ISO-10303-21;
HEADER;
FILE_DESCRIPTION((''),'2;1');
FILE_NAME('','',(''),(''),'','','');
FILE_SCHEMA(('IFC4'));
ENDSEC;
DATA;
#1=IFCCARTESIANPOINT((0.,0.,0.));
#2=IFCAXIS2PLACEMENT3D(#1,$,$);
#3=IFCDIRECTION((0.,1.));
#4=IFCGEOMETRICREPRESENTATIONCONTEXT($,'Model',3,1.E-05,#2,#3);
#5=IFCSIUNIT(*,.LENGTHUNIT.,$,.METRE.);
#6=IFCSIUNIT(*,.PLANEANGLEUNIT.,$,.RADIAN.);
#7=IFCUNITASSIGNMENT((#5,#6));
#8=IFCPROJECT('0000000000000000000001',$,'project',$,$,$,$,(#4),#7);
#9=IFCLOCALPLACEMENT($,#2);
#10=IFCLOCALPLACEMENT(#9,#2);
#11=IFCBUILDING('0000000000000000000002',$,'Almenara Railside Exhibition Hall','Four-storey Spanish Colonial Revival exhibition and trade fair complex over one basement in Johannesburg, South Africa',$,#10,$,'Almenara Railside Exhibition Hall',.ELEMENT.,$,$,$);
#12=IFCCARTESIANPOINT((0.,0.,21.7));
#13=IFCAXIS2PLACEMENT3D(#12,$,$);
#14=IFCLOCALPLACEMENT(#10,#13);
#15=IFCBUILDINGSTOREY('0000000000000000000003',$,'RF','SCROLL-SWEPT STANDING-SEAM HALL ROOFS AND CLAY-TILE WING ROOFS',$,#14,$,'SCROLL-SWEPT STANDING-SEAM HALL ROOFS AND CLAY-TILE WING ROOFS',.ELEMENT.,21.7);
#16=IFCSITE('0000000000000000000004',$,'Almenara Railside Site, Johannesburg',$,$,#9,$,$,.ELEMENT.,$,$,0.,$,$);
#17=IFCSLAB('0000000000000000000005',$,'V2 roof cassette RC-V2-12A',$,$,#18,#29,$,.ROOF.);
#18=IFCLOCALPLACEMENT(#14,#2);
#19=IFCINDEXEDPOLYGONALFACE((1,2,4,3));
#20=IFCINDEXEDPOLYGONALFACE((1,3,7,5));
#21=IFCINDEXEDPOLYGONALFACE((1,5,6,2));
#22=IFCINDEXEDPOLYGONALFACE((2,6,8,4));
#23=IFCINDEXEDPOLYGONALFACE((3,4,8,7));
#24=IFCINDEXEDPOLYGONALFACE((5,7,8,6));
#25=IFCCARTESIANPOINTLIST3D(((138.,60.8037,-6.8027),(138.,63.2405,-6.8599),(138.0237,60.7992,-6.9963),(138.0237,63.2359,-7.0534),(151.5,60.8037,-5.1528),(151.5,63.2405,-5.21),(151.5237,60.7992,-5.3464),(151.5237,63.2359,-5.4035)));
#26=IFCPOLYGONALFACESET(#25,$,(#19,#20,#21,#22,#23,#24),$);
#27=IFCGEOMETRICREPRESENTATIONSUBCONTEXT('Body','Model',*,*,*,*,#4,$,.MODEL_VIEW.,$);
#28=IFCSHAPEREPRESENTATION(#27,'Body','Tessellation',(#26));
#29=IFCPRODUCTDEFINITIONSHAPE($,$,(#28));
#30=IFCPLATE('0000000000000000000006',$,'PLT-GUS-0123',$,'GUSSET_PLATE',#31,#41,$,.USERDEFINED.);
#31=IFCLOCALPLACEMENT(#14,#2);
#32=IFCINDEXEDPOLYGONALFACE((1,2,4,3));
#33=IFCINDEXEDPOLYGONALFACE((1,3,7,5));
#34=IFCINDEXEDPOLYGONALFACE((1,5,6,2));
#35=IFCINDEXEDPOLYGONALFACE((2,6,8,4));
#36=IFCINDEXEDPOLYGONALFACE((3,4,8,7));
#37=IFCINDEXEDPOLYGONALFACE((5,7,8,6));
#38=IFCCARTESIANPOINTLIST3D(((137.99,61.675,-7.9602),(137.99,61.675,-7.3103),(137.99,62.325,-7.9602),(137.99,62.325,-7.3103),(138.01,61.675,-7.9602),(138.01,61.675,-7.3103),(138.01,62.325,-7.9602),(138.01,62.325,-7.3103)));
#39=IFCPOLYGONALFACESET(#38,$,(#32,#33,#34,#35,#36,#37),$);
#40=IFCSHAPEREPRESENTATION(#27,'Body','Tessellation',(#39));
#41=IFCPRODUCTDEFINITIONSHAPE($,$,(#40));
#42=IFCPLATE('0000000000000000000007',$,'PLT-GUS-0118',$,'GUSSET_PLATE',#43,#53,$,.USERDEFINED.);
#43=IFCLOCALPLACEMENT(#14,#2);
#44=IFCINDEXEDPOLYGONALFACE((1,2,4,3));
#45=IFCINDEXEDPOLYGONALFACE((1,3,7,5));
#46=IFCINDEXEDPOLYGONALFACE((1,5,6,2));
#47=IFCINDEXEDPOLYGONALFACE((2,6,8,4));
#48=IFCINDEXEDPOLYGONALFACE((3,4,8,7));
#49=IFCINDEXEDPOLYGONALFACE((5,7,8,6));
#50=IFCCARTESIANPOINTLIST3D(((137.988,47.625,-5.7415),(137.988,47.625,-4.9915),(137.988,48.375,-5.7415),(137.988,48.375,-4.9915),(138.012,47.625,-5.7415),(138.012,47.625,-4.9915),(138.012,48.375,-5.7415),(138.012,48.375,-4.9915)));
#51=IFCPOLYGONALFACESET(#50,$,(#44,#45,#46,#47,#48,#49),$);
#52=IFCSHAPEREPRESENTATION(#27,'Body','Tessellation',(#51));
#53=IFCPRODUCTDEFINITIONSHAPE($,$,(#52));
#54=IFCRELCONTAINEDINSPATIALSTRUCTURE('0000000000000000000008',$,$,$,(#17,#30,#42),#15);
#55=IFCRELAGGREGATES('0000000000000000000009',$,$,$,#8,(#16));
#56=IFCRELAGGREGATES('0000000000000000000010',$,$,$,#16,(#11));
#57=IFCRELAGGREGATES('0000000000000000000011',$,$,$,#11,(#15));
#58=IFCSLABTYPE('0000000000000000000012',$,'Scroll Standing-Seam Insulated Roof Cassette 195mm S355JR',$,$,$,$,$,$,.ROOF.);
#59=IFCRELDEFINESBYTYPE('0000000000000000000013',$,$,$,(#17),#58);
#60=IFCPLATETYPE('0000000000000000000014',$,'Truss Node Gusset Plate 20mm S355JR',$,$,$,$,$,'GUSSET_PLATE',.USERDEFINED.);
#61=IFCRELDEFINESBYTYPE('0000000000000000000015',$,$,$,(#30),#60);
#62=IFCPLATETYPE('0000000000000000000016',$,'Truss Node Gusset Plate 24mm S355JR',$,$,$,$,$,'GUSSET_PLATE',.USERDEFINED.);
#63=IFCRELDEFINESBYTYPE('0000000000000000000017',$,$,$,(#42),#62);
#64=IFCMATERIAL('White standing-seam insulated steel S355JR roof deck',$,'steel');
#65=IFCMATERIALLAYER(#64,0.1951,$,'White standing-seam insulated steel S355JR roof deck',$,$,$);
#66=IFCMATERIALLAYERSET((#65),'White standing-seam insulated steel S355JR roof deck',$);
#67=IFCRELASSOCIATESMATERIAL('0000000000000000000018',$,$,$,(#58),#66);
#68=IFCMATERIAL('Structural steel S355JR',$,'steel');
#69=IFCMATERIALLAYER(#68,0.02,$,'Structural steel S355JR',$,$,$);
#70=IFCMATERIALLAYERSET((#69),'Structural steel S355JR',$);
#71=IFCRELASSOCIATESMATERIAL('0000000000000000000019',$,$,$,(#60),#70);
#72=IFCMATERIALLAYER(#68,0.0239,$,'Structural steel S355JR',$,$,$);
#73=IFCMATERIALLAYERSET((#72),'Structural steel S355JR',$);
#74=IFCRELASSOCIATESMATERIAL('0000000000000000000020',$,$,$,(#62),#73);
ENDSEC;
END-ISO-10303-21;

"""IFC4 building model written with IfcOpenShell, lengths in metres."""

from ifc_helpers import new_model, si_unit, direction, frame, origin, origin_2d, place, context, subcontext, project, spatial, polyline, rectangle, outline, extrude, material, layer, layer_set, type_object, element, save


model = new_model("IFC4")

# Units and contexts
model_context = context("Model", 3, precision=1e-05, world=origin(), true_north=direction((0.0, 1.0)))
body_context = subcontext(model_context, "Body", "Model", "MODEL_VIEW")
ifc_project = project(units=[si_unit("LENGTHUNIT", "METRE"), si_unit("PLANEANGLEUNIT", "RADIAN")], contexts=[model_context])

# Site, building, storey
site_placement = place(None, origin())
site = spatial("IfcSite", under=ifc_project, at=site_placement, Name="Almenara Railside Site, Johannesburg", CompositionType="ELEMENT", RefElevation=0.0)
building_placement = place(site_placement, origin())
building = spatial("IfcBuilding", under=site, at=building_placement, Name="Almenara Railside Exhibition Hall", Description="Four-storey Spanish Colonial Revival exhibition and trade fair complex over one basement in Johannesburg, South Africa", LongName="Almenara Railside Exhibition Hall", CompositionType="ELEMENT")
storey_placement = place(building_placement, frame((0.0, 0.0, 21.7)))
storey = spatial("IfcBuildingStorey", under=building, at=storey_placement, Name="RF", Description="SCROLL-SWEPT STANDING-SEAM HALL ROOFS AND CLAY-TILE WING ROOFS", LongName="SCROLL-SWEPT STANDING-SEAM HALL ROOFS AND CLAY-TILE WING ROOFS", CompositionType="ELEMENT", Elevation=21.7)

# Shared definitions
ifc_material_1 = material(Name="Structural steel S355JR", Category="steel")

# Slab
ifc_material_2 = material(Name="White standing-seam insulated steel S355JR roof deck", Category="steel")
ifc_layer_1 = layer(ifc_material_2, 0.1951, Name="White standing-seam insulated steel S355JR roof deck")
ifc_layer_set_1 = layer_set([ifc_layer_1], Name="White standing-seam insulated steel S355JR roof deck")
slab_type_1 = type_object("IfcSlabType", Name="Scroll Standing-Seam Insulated Roof Cassette 195mm S355JR", PredefinedType="ROOF", material=ifc_layer_set_1)
slab_1_placement = place(storey_placement, frame((138.0, 60.8037, -6.8027), z_axis=(-0.12128, 0.023265, 0.992346), x_axis=(0.992614, 0.0, 0.121312)))
element("IfcSlab", 1, at=slab_1_placement, inside=storey, type_object=slab_type_1, Name="V2 roof cassette RC-V2-12A", PredefinedType="ROOF", context=body_context, shape_type="SweptSolid", body=[
    extrude(outline(polyline([(0.0, 0.0), (13.6004, 0.0), (13.5935, 2.4374), (-0.0069, 2.4374), (0.0, 0.0)])), origin(), (0.0, 0.0, -1.0), 0.1951),
])

# Plates
ifc_layer_2 = layer(ifc_material_1, 0.02, Name="Structural steel S355JR")
ifc_layer_set_2 = layer_set([ifc_layer_2], Name="Structural steel S355JR")
plate_type_1 = type_object("IfcPlateType", Name="Truss Node Gusset Plate 20mm S355JR", ElementType="GUSSET_PLATE", PredefinedType="USERDEFINED", material=ifc_layer_set_2)
plate_1_placement = place(storey_placement, frame((138.0, 62.0, -7.9602), z_axis=(0.0, 0.0, 1.0), x_axis=(0.0, 1.0, 0.0)))
element("IfcPlate", 2, at=plate_1_placement, inside=storey, type_object=plate_type_1, Name="PLT-GUS-0123", ObjectType="GUSSET_PLATE", PredefinedType="USERDEFINED", context=body_context, shape_type="SweptSolid", body=[
    extrude(rectangle(XDim=0.6499, YDim=0.02, at=origin_2d()), origin(), (0.0, 0.0, 1.0), 0.6499),
])
ifc_layer_3 = layer(ifc_material_1, 0.0239, Name="Structural steel S355JR")
ifc_layer_set_3 = layer_set([ifc_layer_3], Name="Structural steel S355JR")
plate_type_2 = type_object("IfcPlateType", Name="Truss Node Gusset Plate 24mm S355JR", ElementType="GUSSET_PLATE", PredefinedType="USERDEFINED", material=ifc_layer_set_3)
plate_2_placement = place(storey_placement, frame((138.0, 48.0, -5.7415), z_axis=(0.0, 0.0, 1.0), x_axis=(0.0, 1.0, 0.0)))
element("IfcPlate", 3, at=plate_2_placement, inside=storey, type_object=plate_type_2, Name="PLT-GUS-0118", ObjectType="GUSSET_PLATE", PredefinedType="USERDEFINED", context=body_context, shape_type="SweptSolid", body=[
    extrude(rectangle(XDim=0.75, YDim=0.0239, at=origin_2d()), origin(), (0.0, 0.0, 1.0), 0.75),
])

save(model, "model.ifc")
